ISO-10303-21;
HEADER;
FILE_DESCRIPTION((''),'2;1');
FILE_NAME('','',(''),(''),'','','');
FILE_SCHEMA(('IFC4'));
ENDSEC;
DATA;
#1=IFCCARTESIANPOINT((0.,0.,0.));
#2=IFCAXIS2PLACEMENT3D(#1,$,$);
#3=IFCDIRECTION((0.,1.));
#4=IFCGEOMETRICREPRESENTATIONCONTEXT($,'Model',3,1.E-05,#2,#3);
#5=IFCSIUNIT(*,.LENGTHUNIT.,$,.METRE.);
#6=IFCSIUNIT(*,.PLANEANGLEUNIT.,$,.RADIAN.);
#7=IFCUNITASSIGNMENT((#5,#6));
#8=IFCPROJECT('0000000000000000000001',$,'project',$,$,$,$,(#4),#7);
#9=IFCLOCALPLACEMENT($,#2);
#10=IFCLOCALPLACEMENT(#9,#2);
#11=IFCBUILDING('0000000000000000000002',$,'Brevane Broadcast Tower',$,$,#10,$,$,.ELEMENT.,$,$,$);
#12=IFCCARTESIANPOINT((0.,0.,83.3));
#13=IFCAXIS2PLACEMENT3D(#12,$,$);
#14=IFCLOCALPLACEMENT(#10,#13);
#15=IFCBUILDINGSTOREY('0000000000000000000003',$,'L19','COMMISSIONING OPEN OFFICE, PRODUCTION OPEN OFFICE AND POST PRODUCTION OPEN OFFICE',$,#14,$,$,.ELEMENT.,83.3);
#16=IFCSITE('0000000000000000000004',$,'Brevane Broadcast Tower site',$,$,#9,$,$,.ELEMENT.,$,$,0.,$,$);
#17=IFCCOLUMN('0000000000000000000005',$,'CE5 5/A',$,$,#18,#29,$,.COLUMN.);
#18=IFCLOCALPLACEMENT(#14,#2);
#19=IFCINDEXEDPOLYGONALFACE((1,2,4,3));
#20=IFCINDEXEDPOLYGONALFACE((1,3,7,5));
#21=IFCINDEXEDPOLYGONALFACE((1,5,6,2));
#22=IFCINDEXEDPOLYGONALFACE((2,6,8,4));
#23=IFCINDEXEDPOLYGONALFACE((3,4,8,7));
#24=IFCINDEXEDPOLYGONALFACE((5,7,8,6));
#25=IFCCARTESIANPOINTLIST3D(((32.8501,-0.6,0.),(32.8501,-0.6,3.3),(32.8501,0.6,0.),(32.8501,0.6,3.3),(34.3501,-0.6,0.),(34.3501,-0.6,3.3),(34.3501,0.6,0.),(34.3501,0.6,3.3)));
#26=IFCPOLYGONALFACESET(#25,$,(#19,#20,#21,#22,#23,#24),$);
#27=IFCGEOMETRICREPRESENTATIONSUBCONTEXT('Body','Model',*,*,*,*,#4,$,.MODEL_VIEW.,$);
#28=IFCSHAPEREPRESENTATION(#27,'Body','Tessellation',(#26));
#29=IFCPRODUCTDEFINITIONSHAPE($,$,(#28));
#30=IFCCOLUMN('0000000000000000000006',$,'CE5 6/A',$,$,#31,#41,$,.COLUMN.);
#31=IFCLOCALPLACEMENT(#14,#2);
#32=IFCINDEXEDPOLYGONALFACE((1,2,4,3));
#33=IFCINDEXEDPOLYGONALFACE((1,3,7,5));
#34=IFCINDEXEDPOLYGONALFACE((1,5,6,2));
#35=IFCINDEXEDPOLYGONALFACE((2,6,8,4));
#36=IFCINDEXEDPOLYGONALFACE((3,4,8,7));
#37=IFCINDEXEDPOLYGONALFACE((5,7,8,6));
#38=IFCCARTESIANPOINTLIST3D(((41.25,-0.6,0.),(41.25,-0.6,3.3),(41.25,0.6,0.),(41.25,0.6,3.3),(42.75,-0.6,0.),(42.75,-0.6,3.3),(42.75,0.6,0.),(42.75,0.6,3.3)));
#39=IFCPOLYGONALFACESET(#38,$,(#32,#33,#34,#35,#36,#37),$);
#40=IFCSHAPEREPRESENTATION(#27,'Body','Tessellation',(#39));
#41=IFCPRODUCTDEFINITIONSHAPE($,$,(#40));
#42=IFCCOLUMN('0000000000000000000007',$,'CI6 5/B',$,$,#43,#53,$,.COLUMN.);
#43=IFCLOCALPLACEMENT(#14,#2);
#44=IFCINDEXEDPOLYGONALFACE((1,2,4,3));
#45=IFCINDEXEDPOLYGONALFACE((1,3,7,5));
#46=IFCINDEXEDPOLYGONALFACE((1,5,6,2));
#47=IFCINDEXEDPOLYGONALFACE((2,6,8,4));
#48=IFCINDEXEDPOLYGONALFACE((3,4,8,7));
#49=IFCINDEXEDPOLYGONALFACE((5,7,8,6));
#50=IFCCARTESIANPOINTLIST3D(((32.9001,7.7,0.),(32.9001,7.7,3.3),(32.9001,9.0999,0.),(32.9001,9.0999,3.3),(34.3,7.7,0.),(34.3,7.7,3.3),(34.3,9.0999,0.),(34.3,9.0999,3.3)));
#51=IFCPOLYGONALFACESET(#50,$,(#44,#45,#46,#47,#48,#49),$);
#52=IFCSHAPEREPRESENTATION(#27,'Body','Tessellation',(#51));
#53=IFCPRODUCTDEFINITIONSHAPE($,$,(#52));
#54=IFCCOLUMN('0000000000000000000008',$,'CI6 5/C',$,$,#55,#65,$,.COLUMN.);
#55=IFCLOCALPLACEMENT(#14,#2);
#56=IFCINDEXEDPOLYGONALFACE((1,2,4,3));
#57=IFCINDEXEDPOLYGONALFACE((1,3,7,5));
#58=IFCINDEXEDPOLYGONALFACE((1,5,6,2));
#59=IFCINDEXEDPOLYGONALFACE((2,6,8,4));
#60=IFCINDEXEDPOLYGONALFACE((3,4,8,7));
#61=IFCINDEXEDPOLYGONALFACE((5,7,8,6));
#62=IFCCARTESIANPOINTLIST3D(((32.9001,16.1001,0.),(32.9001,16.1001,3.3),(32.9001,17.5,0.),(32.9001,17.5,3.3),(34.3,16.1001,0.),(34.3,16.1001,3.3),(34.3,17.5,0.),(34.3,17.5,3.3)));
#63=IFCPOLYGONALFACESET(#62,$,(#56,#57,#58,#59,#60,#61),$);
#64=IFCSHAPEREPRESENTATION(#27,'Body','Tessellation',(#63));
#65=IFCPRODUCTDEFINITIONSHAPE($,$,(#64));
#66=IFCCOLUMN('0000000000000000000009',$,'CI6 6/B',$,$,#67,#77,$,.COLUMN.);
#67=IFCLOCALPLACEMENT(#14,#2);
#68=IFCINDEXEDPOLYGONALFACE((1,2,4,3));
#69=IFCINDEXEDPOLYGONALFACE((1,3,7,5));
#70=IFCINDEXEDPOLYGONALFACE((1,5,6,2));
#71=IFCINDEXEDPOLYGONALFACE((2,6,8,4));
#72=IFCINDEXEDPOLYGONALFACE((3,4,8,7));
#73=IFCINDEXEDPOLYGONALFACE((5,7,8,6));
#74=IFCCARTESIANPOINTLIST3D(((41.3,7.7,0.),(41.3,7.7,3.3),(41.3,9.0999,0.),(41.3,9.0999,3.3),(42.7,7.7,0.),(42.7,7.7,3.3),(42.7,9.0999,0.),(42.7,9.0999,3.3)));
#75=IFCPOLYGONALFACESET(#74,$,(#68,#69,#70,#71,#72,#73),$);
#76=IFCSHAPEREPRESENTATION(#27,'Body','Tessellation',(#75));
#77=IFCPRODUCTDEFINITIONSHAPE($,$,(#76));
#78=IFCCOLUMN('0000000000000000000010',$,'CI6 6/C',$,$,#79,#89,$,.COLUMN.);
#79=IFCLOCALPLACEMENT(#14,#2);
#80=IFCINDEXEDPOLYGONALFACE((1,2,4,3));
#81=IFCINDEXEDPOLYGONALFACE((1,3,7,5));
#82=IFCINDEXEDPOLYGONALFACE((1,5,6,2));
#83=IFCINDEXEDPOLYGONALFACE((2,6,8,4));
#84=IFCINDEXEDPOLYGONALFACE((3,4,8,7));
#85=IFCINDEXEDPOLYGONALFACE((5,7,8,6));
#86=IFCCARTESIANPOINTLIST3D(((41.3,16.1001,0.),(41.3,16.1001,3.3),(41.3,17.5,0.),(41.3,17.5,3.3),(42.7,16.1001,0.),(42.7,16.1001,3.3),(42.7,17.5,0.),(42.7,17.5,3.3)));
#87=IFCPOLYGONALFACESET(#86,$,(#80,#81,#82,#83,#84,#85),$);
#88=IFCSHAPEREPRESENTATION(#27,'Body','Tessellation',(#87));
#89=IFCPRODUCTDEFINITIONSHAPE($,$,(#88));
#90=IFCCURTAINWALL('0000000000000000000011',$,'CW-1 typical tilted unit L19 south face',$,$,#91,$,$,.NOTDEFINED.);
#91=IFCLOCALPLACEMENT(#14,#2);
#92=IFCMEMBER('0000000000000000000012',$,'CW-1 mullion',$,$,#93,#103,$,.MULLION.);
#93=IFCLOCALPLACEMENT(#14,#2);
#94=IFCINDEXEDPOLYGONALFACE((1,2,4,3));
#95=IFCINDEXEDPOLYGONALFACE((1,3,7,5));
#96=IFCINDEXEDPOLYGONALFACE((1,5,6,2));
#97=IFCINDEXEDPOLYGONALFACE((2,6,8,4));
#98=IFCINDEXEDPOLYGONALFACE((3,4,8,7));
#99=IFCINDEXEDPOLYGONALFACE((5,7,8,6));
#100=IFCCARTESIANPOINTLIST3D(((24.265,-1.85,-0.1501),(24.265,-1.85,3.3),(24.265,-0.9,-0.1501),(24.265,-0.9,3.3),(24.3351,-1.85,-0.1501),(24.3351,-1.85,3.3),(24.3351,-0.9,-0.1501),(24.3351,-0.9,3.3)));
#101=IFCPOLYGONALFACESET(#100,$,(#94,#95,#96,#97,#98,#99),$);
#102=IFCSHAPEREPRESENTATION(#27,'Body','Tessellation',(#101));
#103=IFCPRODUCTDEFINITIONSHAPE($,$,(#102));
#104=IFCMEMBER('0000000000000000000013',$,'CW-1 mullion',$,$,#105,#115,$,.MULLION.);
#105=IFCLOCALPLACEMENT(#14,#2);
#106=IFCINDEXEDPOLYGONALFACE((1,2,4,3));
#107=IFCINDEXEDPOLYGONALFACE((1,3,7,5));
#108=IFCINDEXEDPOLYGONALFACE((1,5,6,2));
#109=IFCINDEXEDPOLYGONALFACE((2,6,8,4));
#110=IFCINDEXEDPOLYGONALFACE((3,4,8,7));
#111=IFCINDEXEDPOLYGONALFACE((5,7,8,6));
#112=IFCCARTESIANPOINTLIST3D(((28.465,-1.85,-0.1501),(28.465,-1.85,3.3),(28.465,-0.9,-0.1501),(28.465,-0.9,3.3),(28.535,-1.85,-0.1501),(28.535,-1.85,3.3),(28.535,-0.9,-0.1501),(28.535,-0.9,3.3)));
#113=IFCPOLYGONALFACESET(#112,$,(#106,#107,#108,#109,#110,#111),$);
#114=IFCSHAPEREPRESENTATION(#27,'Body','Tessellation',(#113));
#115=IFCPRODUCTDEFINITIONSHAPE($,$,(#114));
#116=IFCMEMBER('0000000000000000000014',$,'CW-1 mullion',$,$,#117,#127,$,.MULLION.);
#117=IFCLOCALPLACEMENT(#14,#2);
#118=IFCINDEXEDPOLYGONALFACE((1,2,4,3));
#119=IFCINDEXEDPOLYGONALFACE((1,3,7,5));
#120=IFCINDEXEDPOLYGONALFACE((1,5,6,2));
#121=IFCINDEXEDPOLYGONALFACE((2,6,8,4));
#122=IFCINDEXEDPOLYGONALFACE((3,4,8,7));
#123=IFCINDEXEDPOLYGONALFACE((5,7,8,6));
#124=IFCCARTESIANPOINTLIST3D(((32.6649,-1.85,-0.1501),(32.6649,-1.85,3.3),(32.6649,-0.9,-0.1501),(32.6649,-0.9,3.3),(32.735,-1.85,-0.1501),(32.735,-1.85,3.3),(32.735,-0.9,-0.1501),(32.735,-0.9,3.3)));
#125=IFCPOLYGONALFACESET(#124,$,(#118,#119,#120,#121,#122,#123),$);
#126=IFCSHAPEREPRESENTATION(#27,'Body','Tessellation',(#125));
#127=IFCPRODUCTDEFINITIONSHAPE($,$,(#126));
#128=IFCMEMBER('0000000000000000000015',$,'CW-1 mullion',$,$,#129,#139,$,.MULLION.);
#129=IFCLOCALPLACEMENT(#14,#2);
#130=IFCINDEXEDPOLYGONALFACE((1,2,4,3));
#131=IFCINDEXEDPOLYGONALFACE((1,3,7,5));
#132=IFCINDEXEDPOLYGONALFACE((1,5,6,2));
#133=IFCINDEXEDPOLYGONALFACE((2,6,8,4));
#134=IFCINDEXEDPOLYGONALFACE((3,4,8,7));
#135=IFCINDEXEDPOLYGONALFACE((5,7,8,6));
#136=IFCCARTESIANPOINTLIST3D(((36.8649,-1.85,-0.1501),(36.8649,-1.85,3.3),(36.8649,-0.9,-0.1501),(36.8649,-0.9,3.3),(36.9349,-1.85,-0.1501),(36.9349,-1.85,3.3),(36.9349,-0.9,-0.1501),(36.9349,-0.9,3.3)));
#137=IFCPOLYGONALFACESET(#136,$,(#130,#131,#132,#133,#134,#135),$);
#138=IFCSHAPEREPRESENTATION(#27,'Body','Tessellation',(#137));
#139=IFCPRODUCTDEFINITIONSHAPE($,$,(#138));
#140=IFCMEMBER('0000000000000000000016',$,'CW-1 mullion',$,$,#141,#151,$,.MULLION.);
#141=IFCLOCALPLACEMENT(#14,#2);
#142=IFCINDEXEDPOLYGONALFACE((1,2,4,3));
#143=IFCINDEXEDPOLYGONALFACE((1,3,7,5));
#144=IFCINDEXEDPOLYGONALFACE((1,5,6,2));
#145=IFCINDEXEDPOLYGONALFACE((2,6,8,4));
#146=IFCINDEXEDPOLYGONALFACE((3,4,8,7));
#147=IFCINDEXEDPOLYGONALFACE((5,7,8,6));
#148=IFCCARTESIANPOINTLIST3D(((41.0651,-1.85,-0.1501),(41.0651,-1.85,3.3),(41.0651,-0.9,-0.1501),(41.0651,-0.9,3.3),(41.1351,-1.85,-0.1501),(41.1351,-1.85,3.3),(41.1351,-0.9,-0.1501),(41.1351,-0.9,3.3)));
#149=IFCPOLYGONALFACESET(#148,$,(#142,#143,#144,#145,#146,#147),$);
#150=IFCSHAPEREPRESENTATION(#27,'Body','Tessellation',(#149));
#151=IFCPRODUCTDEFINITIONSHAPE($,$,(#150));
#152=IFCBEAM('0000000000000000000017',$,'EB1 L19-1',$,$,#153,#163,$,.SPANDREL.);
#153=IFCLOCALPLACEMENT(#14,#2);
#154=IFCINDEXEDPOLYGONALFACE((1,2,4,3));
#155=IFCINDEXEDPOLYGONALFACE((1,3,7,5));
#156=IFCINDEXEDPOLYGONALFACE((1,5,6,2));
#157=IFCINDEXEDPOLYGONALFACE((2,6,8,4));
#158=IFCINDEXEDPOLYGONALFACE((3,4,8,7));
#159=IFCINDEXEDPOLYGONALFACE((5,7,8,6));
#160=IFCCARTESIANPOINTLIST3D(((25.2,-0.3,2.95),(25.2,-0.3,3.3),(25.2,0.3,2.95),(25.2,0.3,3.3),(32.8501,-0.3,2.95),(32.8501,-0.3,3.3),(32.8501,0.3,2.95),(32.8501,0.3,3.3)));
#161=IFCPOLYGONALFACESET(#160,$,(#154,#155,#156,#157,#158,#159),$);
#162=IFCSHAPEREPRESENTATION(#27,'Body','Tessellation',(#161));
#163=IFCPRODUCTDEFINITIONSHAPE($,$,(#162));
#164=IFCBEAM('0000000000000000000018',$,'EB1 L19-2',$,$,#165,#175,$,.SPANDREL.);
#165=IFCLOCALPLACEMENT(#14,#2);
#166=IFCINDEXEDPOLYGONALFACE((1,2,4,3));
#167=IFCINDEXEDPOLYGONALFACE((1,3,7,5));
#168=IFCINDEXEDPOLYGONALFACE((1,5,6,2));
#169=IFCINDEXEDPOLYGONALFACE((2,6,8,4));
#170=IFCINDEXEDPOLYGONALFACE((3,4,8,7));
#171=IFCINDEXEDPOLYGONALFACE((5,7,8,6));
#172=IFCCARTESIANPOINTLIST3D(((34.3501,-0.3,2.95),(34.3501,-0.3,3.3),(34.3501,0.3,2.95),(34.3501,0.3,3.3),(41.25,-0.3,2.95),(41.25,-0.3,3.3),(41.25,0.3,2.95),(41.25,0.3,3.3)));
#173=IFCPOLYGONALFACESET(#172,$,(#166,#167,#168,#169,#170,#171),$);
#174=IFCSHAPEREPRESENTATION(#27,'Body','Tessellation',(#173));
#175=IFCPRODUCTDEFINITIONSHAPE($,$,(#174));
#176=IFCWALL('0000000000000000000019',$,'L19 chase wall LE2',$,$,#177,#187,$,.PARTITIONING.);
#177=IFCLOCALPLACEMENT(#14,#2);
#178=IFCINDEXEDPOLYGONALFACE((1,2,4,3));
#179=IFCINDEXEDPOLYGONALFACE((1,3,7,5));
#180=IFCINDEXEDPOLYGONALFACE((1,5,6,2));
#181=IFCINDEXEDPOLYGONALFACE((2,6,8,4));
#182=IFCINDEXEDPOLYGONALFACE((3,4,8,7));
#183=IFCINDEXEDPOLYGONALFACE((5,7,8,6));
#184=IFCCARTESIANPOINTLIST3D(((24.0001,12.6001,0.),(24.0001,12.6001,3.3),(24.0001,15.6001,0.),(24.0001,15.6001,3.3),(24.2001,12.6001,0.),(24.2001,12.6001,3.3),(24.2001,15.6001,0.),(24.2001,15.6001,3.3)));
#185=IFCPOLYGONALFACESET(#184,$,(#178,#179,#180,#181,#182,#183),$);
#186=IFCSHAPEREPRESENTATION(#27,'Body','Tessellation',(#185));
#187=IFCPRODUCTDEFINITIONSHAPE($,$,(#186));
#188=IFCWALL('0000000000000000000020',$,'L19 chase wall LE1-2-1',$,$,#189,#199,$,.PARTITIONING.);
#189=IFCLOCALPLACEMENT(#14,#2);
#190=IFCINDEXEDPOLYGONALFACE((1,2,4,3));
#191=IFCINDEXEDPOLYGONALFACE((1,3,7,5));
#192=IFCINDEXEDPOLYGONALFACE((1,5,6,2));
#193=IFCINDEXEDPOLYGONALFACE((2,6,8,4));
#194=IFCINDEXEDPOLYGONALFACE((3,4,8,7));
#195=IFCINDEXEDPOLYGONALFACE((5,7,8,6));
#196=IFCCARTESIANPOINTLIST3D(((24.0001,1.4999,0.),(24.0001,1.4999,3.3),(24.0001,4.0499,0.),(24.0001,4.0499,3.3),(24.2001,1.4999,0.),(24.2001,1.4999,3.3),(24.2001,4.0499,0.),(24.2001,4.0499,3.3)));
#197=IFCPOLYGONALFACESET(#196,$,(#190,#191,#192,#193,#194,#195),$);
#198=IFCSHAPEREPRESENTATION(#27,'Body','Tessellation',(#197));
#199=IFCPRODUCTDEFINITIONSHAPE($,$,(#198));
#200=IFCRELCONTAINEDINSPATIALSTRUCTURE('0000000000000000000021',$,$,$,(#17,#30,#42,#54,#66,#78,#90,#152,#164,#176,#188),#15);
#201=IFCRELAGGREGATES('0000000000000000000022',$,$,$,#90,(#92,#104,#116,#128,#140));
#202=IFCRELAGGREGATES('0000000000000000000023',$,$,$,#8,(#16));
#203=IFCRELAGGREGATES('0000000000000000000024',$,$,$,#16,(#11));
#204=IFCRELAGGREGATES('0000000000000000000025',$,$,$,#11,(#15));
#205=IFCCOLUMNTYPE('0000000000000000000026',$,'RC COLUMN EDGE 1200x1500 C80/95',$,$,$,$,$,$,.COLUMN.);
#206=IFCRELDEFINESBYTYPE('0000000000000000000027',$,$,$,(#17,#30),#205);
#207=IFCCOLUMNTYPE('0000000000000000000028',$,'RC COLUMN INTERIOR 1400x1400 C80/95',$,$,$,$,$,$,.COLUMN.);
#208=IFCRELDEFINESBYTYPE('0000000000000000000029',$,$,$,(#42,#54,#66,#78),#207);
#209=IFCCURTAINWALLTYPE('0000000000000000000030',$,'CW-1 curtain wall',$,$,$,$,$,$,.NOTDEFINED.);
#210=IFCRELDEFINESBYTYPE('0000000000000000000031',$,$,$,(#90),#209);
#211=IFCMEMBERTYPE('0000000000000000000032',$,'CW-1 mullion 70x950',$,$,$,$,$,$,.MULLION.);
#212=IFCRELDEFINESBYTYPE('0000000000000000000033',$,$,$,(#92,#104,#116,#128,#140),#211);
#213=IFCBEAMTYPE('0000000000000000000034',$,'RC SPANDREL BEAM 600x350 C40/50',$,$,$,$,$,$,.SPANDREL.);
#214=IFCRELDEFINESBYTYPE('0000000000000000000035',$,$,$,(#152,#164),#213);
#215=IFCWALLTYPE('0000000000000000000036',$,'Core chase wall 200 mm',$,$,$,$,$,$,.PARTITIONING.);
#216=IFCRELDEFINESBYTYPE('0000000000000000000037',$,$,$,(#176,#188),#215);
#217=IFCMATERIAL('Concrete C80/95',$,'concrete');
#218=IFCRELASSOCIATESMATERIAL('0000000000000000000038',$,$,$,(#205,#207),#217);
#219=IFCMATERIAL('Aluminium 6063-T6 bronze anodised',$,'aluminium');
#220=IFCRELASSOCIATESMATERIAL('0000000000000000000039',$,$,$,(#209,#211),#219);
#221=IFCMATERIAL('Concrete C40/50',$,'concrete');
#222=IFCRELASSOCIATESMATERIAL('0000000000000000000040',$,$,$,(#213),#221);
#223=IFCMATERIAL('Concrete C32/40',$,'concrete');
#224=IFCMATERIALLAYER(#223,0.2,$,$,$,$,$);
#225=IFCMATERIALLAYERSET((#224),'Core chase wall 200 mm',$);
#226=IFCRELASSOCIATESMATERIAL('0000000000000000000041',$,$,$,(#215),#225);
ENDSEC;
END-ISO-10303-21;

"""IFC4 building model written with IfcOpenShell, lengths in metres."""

from ifc_helpers import new_model, si_unit, direction, frame, frame_2d, origin, origin_2d, place, context, subcontext, project, spatial, rectangle, extrude, material, layer, layer_set, material_profile, profile_set, type_object, element, aggregate, save


model = new_model("IFC4")

# Units and contexts
model_context = context("Model", 3, precision=1e-05, world=origin(), true_north=direction((0.0, 1.0)))
body_context = subcontext(model_context, "Body", "Model", "MODEL_VIEW")
ifc_project = project(units=[si_unit("LENGTHUNIT", "METRE"), si_unit("PLANEANGLEUNIT", "RADIAN")], contexts=[model_context])

# Site, building, storey
site_placement = place(None, origin())
site = spatial("IfcSite", under=ifc_project, at=site_placement, Name="Brevane Broadcast Tower site", CompositionType="ELEMENT", RefElevation=0.0)
building_placement = place(site_placement, origin())
building = spatial("IfcBuilding", under=site, at=building_placement, Name="Brevane Broadcast Tower", CompositionType="ELEMENT")
storey_placement = place(building_placement, frame((0.0, 0.0, 83.3)))
storey = spatial("IfcBuildingStorey", under=building, at=storey_placement, Name="L19", Description="COMMISSIONING OPEN OFFICE, PRODUCTION OPEN OFFICE AND POST PRODUCTION OPEN OFFICE", CompositionType="ELEMENT", Elevation=83.3)

# Columns
ifc_material_1 = material(Name="Concrete C80/95", Category="concrete")
ifc_material_profile_1 = material_profile(ifc_material_1, rectangle(XDim=1.2, YDim=1.5, at=origin_2d()), Name="RC 1200x1500")
ifc_profile_set_1 = profile_set([ifc_material_profile_1], Name="Concrete C80/95")
column_type_1 = type_object("IfcColumnType", Name="RC COLUMN EDGE 1200x1500 C80/95", PredefinedType="COLUMN", material=ifc_profile_set_1)
for number, where, z_axis, x_axis, name in (
    (1, (33.6001, 0.0, 0.0), (0.0, 0.0, 1.0), (0.0, 1.0, 0.0), "CE5 5/A"),
    (2, (42.0, 0.0, 0.0), (0.0, 0.0, 1.0), (0.0, 1.0, 0.0), "CE5 6/A"),
):
    element("IfcColumn", number, at=place(storey_placement, frame(where, z_axis=z_axis, x_axis=x_axis)), inside=storey, type_object=column_type_1, Name=name, PredefinedType="COLUMN", context=body_context, shape_type="SweptSolid", body=[
        extrude(rectangle(XDim=1.2, YDim=1.5, at=origin_2d()), origin(), (0.0, 0.0, 1.0), 3.3),
    ])
ifc_material_profile_2 = material_profile(ifc_material_1, rectangle(XDim=1.3999, YDim=1.3999, at=origin_2d()), Name="RC 1400x1400")
ifc_profile_set_2 = profile_set([ifc_material_profile_2], Name="Concrete C80/95")
column_type_2 = type_object("IfcColumnType", Name="RC COLUMN INTERIOR 1400x1400 C80/95", PredefinedType="COLUMN", material=ifc_profile_set_2)
for number, where, z_axis, x_axis, name in (
    (3, (33.6001, 8.3999, 0.0), (0.0, 0.0, 1.0), (1.0, 0.0, 0.0), "CI6 5/B"),
    (4, (33.6001, 16.8, 0.0), (0.0, 0.0, 1.0), (1.0, 0.0, 0.0), "CI6 5/C"),
    (5, (42.0, 8.3999, 0.0), (0.0, 0.0, 1.0), (1.0, 0.0, 0.0), "CI6 6/B"),
    (6, (42.0, 16.8, 0.0), (0.0, 0.0, 1.0), (1.0, 0.0, 0.0), "CI6 6/C"),
):
    element("IfcColumn", number, at=place(storey_placement, frame(where, z_axis=z_axis, x_axis=x_axis)), inside=storey, type_object=column_type_2, Name=name, PredefinedType="COLUMN", context=body_context, shape_type="SweptSolid", body=[
        extrude(rectangle(XDim=1.3999, YDim=1.3999, at=origin_2d()), origin(), (0.0, 0.0, 1.0), 3.3),
    ])

# Curtain wall, members
ifc_material_2 = material(Name="Aluminium 6063-T6 bronze anodised", Category="aluminium")
curtain_wall_type = type_object("IfcCurtainWallType", Name="CW-1 curtain wall", PredefinedType="NOTDEFINED", material=ifc_material_2)
curtain_wall_placement = place(storey_placement, origin())
curtain_wall = element("IfcCurtainWall", 7, at=curtain_wall_placement, inside=storey, type_object=curtain_wall_type, Name="CW-1 typical tilted unit L19 south face", PredefinedType="NOTDEFINED")
ifc_material_profile_3 = material_profile(ifc_material_2, rectangle(XDim=0.95, YDim=0.0701, at=origin_2d()), Name="RECT 70x950")
ifc_profile_set_3 = profile_set([ifc_material_profile_3], Name="Aluminium 6063-T6 bronze anodised")
member_type = type_object("IfcMemberType", Name="CW-1 mullion 70x950", PredefinedType="MULLION", material=ifc_profile_set_3)
member_1_placement = place(storey_placement, frame((24.3, -1.375, -0.1501), z_axis=(0.0, 0.0, 1.0), x_axis=(0.0, 1.0, 0.0)))
member_1 = element("IfcMember", 8, at=member_1_placement, type_object=member_type, Name="CW-1 mullion", PredefinedType="MULLION", context=body_context, shape_type="SweptSolid", body=[
    extrude(rectangle(XDim=0.95, YDim=0.0701, at=origin_2d()), origin(), (0.0, 0.0, 1.0), 3.4502),
])
member_2_placement = place(storey_placement, frame((28.5, -1.375, -0.1501), z_axis=(0.0, 0.0, 1.0), x_axis=(0.0, 1.0, 0.0)))
member_2 = element("IfcMember", 9, at=member_2_placement, type_object=member_type, Name="CW-1 mullion", PredefinedType="MULLION", context=body_context, shape_type="SweptSolid", body=[
    extrude(rectangle(XDim=0.95, YDim=0.0701, at=origin_2d()), origin(), (0.0, 0.0, 1.0), 3.4502),
])
member_3_placement = place(storey_placement, frame((32.7, -1.375, -0.1501), z_axis=(0.0, 0.0, 1.0), x_axis=(0.0, 1.0, 0.0)))
member_3 = element("IfcMember", 10, at=member_3_placement, type_object=member_type, Name="CW-1 mullion", PredefinedType="MULLION", context=body_context, shape_type="SweptSolid", body=[
    extrude(rectangle(XDim=0.95, YDim=0.0701, at=origin_2d()), origin(), (0.0, 0.0, 1.0), 3.4502),
])
member_4_placement = place(storey_placement, frame((36.8999, -1.375, -0.1501), z_axis=(0.0, 0.0, 1.0), x_axis=(0.0, 1.0, 0.0)))
member_4 = element("IfcMember", 11, at=member_4_placement, type_object=member_type, Name="CW-1 mullion", PredefinedType="MULLION", context=body_context, shape_type="SweptSolid", body=[
    extrude(rectangle(XDim=0.95, YDim=0.0701, at=origin_2d()), origin(), (0.0, 0.0, 1.0), 3.4502),
])
member_5_placement = place(storey_placement, frame((41.1001, -1.375, -0.1501), z_axis=(0.0, 0.0, 1.0), x_axis=(0.0, 1.0, 0.0)))
member_5 = element("IfcMember", 12, at=member_5_placement, type_object=member_type, Name="CW-1 mullion", PredefinedType="MULLION", context=body_context, shape_type="SweptSolid", body=[
    extrude(rectangle(XDim=0.95, YDim=0.0701, at=origin_2d()), origin(), (0.0, 0.0, 1.0), 3.4502),
])
aggregate(curtain_wall, [member_1, member_2, member_3, member_4, member_5])

# Beams
ifc_material_3 = material(Name="Concrete C40/50", Category="concrete")
ifc_material_profile_4 = material_profile(ifc_material_3, rectangle(XDim=0.6001, YDim=0.3501, at=origin_2d()), Name="RC 600x350")
ifc_profile_set_4 = profile_set([ifc_material_profile_4], Name="Concrete C40/50")
beam_type = type_object("IfcBeamType", Name="RC SPANDREL BEAM 600x350 C40/50", PredefinedType="SPANDREL", material=ifc_profile_set_4)
beam_1_placement = place(storey_placement, frame((25.2, 0.0, 3.125), z_axis=(1.0, 0.0, 0.0), x_axis=(0.0, 1.0, 0.0)))
element("IfcBeam", 13, at=beam_1_placement, inside=storey, type_object=beam_type, Name="EB1 L19-1", PredefinedType="SPANDREL", context=body_context, shape_type="SweptSolid", body=[
    extrude(rectangle(XDim=0.6001, YDim=0.3501, at=origin_2d()), origin(), (0.0, 0.0, 1.0), 7.6501),
])
beam_2_placement = place(storey_placement, frame((34.3501, 0.0, 3.125), z_axis=(1.0, 0.0, 0.0), x_axis=(0.0, 1.0, 0.0)))
element("IfcBeam", 14, at=beam_2_placement, inside=storey, type_object=beam_type, Name="EB1 L19-2", PredefinedType="SPANDREL", context=body_context, shape_type="SweptSolid", body=[
    extrude(rectangle(XDim=0.6001, YDim=0.3501, at=origin_2d()), origin(), (0.0, 0.0, 1.0), 6.8999),
])

# Walls
ifc_material_4 = material(Name="Concrete C32/40", Category="concrete")
ifc_layer_1 = layer(ifc_material_4, 0.2)
ifc_layer_set_1 = layer_set([ifc_layer_1], Name="Core chase wall 200 mm")
wall_type_1 = type_object("IfcWallType", Name="Core chase wall 200 mm", PredefinedType="PARTITIONING", material=ifc_layer_set_1)
wall_1_placement = place(storey_placement, frame((24.1001, 12.6001, 0.0), z_axis=(0.0, 0.0, 1.0), x_axis=(0.0, 1.0, 0.0)))
element("IfcWall", 15, at=wall_1_placement, inside=storey, type_object=wall_type_1, Name="L19 chase wall LE2", PredefinedType="PARTITIONING", context=body_context, shape_type="SweptSolid", body=[
    extrude(rectangle(XDim=3.0, YDim=0.2, at=frame_2d((1.5, 0.0))), origin(), (0.0, 0.0, 1.0), 3.3),
])
wall_2_placement = place(storey_placement, frame((24.1001, 1.5, 0.0), z_axis=(0.0, 0.0, 1.0), x_axis=(0.0, 1.0, 0.0)))
element("IfcWall", 16, at=wall_2_placement, inside=storey, type_object=wall_type_1, Name="L19 chase wall LE1-2-1", PredefinedType="PARTITIONING", context=body_context, shape_type="SweptSolid", body=[
    extrude(rectangle(XDim=2.55, YDim=0.2, at=frame_2d((1.2749, 0.0))), origin(), (0.0, 0.0, 1.0), 3.3),
])

save(model, "model.ifc")
